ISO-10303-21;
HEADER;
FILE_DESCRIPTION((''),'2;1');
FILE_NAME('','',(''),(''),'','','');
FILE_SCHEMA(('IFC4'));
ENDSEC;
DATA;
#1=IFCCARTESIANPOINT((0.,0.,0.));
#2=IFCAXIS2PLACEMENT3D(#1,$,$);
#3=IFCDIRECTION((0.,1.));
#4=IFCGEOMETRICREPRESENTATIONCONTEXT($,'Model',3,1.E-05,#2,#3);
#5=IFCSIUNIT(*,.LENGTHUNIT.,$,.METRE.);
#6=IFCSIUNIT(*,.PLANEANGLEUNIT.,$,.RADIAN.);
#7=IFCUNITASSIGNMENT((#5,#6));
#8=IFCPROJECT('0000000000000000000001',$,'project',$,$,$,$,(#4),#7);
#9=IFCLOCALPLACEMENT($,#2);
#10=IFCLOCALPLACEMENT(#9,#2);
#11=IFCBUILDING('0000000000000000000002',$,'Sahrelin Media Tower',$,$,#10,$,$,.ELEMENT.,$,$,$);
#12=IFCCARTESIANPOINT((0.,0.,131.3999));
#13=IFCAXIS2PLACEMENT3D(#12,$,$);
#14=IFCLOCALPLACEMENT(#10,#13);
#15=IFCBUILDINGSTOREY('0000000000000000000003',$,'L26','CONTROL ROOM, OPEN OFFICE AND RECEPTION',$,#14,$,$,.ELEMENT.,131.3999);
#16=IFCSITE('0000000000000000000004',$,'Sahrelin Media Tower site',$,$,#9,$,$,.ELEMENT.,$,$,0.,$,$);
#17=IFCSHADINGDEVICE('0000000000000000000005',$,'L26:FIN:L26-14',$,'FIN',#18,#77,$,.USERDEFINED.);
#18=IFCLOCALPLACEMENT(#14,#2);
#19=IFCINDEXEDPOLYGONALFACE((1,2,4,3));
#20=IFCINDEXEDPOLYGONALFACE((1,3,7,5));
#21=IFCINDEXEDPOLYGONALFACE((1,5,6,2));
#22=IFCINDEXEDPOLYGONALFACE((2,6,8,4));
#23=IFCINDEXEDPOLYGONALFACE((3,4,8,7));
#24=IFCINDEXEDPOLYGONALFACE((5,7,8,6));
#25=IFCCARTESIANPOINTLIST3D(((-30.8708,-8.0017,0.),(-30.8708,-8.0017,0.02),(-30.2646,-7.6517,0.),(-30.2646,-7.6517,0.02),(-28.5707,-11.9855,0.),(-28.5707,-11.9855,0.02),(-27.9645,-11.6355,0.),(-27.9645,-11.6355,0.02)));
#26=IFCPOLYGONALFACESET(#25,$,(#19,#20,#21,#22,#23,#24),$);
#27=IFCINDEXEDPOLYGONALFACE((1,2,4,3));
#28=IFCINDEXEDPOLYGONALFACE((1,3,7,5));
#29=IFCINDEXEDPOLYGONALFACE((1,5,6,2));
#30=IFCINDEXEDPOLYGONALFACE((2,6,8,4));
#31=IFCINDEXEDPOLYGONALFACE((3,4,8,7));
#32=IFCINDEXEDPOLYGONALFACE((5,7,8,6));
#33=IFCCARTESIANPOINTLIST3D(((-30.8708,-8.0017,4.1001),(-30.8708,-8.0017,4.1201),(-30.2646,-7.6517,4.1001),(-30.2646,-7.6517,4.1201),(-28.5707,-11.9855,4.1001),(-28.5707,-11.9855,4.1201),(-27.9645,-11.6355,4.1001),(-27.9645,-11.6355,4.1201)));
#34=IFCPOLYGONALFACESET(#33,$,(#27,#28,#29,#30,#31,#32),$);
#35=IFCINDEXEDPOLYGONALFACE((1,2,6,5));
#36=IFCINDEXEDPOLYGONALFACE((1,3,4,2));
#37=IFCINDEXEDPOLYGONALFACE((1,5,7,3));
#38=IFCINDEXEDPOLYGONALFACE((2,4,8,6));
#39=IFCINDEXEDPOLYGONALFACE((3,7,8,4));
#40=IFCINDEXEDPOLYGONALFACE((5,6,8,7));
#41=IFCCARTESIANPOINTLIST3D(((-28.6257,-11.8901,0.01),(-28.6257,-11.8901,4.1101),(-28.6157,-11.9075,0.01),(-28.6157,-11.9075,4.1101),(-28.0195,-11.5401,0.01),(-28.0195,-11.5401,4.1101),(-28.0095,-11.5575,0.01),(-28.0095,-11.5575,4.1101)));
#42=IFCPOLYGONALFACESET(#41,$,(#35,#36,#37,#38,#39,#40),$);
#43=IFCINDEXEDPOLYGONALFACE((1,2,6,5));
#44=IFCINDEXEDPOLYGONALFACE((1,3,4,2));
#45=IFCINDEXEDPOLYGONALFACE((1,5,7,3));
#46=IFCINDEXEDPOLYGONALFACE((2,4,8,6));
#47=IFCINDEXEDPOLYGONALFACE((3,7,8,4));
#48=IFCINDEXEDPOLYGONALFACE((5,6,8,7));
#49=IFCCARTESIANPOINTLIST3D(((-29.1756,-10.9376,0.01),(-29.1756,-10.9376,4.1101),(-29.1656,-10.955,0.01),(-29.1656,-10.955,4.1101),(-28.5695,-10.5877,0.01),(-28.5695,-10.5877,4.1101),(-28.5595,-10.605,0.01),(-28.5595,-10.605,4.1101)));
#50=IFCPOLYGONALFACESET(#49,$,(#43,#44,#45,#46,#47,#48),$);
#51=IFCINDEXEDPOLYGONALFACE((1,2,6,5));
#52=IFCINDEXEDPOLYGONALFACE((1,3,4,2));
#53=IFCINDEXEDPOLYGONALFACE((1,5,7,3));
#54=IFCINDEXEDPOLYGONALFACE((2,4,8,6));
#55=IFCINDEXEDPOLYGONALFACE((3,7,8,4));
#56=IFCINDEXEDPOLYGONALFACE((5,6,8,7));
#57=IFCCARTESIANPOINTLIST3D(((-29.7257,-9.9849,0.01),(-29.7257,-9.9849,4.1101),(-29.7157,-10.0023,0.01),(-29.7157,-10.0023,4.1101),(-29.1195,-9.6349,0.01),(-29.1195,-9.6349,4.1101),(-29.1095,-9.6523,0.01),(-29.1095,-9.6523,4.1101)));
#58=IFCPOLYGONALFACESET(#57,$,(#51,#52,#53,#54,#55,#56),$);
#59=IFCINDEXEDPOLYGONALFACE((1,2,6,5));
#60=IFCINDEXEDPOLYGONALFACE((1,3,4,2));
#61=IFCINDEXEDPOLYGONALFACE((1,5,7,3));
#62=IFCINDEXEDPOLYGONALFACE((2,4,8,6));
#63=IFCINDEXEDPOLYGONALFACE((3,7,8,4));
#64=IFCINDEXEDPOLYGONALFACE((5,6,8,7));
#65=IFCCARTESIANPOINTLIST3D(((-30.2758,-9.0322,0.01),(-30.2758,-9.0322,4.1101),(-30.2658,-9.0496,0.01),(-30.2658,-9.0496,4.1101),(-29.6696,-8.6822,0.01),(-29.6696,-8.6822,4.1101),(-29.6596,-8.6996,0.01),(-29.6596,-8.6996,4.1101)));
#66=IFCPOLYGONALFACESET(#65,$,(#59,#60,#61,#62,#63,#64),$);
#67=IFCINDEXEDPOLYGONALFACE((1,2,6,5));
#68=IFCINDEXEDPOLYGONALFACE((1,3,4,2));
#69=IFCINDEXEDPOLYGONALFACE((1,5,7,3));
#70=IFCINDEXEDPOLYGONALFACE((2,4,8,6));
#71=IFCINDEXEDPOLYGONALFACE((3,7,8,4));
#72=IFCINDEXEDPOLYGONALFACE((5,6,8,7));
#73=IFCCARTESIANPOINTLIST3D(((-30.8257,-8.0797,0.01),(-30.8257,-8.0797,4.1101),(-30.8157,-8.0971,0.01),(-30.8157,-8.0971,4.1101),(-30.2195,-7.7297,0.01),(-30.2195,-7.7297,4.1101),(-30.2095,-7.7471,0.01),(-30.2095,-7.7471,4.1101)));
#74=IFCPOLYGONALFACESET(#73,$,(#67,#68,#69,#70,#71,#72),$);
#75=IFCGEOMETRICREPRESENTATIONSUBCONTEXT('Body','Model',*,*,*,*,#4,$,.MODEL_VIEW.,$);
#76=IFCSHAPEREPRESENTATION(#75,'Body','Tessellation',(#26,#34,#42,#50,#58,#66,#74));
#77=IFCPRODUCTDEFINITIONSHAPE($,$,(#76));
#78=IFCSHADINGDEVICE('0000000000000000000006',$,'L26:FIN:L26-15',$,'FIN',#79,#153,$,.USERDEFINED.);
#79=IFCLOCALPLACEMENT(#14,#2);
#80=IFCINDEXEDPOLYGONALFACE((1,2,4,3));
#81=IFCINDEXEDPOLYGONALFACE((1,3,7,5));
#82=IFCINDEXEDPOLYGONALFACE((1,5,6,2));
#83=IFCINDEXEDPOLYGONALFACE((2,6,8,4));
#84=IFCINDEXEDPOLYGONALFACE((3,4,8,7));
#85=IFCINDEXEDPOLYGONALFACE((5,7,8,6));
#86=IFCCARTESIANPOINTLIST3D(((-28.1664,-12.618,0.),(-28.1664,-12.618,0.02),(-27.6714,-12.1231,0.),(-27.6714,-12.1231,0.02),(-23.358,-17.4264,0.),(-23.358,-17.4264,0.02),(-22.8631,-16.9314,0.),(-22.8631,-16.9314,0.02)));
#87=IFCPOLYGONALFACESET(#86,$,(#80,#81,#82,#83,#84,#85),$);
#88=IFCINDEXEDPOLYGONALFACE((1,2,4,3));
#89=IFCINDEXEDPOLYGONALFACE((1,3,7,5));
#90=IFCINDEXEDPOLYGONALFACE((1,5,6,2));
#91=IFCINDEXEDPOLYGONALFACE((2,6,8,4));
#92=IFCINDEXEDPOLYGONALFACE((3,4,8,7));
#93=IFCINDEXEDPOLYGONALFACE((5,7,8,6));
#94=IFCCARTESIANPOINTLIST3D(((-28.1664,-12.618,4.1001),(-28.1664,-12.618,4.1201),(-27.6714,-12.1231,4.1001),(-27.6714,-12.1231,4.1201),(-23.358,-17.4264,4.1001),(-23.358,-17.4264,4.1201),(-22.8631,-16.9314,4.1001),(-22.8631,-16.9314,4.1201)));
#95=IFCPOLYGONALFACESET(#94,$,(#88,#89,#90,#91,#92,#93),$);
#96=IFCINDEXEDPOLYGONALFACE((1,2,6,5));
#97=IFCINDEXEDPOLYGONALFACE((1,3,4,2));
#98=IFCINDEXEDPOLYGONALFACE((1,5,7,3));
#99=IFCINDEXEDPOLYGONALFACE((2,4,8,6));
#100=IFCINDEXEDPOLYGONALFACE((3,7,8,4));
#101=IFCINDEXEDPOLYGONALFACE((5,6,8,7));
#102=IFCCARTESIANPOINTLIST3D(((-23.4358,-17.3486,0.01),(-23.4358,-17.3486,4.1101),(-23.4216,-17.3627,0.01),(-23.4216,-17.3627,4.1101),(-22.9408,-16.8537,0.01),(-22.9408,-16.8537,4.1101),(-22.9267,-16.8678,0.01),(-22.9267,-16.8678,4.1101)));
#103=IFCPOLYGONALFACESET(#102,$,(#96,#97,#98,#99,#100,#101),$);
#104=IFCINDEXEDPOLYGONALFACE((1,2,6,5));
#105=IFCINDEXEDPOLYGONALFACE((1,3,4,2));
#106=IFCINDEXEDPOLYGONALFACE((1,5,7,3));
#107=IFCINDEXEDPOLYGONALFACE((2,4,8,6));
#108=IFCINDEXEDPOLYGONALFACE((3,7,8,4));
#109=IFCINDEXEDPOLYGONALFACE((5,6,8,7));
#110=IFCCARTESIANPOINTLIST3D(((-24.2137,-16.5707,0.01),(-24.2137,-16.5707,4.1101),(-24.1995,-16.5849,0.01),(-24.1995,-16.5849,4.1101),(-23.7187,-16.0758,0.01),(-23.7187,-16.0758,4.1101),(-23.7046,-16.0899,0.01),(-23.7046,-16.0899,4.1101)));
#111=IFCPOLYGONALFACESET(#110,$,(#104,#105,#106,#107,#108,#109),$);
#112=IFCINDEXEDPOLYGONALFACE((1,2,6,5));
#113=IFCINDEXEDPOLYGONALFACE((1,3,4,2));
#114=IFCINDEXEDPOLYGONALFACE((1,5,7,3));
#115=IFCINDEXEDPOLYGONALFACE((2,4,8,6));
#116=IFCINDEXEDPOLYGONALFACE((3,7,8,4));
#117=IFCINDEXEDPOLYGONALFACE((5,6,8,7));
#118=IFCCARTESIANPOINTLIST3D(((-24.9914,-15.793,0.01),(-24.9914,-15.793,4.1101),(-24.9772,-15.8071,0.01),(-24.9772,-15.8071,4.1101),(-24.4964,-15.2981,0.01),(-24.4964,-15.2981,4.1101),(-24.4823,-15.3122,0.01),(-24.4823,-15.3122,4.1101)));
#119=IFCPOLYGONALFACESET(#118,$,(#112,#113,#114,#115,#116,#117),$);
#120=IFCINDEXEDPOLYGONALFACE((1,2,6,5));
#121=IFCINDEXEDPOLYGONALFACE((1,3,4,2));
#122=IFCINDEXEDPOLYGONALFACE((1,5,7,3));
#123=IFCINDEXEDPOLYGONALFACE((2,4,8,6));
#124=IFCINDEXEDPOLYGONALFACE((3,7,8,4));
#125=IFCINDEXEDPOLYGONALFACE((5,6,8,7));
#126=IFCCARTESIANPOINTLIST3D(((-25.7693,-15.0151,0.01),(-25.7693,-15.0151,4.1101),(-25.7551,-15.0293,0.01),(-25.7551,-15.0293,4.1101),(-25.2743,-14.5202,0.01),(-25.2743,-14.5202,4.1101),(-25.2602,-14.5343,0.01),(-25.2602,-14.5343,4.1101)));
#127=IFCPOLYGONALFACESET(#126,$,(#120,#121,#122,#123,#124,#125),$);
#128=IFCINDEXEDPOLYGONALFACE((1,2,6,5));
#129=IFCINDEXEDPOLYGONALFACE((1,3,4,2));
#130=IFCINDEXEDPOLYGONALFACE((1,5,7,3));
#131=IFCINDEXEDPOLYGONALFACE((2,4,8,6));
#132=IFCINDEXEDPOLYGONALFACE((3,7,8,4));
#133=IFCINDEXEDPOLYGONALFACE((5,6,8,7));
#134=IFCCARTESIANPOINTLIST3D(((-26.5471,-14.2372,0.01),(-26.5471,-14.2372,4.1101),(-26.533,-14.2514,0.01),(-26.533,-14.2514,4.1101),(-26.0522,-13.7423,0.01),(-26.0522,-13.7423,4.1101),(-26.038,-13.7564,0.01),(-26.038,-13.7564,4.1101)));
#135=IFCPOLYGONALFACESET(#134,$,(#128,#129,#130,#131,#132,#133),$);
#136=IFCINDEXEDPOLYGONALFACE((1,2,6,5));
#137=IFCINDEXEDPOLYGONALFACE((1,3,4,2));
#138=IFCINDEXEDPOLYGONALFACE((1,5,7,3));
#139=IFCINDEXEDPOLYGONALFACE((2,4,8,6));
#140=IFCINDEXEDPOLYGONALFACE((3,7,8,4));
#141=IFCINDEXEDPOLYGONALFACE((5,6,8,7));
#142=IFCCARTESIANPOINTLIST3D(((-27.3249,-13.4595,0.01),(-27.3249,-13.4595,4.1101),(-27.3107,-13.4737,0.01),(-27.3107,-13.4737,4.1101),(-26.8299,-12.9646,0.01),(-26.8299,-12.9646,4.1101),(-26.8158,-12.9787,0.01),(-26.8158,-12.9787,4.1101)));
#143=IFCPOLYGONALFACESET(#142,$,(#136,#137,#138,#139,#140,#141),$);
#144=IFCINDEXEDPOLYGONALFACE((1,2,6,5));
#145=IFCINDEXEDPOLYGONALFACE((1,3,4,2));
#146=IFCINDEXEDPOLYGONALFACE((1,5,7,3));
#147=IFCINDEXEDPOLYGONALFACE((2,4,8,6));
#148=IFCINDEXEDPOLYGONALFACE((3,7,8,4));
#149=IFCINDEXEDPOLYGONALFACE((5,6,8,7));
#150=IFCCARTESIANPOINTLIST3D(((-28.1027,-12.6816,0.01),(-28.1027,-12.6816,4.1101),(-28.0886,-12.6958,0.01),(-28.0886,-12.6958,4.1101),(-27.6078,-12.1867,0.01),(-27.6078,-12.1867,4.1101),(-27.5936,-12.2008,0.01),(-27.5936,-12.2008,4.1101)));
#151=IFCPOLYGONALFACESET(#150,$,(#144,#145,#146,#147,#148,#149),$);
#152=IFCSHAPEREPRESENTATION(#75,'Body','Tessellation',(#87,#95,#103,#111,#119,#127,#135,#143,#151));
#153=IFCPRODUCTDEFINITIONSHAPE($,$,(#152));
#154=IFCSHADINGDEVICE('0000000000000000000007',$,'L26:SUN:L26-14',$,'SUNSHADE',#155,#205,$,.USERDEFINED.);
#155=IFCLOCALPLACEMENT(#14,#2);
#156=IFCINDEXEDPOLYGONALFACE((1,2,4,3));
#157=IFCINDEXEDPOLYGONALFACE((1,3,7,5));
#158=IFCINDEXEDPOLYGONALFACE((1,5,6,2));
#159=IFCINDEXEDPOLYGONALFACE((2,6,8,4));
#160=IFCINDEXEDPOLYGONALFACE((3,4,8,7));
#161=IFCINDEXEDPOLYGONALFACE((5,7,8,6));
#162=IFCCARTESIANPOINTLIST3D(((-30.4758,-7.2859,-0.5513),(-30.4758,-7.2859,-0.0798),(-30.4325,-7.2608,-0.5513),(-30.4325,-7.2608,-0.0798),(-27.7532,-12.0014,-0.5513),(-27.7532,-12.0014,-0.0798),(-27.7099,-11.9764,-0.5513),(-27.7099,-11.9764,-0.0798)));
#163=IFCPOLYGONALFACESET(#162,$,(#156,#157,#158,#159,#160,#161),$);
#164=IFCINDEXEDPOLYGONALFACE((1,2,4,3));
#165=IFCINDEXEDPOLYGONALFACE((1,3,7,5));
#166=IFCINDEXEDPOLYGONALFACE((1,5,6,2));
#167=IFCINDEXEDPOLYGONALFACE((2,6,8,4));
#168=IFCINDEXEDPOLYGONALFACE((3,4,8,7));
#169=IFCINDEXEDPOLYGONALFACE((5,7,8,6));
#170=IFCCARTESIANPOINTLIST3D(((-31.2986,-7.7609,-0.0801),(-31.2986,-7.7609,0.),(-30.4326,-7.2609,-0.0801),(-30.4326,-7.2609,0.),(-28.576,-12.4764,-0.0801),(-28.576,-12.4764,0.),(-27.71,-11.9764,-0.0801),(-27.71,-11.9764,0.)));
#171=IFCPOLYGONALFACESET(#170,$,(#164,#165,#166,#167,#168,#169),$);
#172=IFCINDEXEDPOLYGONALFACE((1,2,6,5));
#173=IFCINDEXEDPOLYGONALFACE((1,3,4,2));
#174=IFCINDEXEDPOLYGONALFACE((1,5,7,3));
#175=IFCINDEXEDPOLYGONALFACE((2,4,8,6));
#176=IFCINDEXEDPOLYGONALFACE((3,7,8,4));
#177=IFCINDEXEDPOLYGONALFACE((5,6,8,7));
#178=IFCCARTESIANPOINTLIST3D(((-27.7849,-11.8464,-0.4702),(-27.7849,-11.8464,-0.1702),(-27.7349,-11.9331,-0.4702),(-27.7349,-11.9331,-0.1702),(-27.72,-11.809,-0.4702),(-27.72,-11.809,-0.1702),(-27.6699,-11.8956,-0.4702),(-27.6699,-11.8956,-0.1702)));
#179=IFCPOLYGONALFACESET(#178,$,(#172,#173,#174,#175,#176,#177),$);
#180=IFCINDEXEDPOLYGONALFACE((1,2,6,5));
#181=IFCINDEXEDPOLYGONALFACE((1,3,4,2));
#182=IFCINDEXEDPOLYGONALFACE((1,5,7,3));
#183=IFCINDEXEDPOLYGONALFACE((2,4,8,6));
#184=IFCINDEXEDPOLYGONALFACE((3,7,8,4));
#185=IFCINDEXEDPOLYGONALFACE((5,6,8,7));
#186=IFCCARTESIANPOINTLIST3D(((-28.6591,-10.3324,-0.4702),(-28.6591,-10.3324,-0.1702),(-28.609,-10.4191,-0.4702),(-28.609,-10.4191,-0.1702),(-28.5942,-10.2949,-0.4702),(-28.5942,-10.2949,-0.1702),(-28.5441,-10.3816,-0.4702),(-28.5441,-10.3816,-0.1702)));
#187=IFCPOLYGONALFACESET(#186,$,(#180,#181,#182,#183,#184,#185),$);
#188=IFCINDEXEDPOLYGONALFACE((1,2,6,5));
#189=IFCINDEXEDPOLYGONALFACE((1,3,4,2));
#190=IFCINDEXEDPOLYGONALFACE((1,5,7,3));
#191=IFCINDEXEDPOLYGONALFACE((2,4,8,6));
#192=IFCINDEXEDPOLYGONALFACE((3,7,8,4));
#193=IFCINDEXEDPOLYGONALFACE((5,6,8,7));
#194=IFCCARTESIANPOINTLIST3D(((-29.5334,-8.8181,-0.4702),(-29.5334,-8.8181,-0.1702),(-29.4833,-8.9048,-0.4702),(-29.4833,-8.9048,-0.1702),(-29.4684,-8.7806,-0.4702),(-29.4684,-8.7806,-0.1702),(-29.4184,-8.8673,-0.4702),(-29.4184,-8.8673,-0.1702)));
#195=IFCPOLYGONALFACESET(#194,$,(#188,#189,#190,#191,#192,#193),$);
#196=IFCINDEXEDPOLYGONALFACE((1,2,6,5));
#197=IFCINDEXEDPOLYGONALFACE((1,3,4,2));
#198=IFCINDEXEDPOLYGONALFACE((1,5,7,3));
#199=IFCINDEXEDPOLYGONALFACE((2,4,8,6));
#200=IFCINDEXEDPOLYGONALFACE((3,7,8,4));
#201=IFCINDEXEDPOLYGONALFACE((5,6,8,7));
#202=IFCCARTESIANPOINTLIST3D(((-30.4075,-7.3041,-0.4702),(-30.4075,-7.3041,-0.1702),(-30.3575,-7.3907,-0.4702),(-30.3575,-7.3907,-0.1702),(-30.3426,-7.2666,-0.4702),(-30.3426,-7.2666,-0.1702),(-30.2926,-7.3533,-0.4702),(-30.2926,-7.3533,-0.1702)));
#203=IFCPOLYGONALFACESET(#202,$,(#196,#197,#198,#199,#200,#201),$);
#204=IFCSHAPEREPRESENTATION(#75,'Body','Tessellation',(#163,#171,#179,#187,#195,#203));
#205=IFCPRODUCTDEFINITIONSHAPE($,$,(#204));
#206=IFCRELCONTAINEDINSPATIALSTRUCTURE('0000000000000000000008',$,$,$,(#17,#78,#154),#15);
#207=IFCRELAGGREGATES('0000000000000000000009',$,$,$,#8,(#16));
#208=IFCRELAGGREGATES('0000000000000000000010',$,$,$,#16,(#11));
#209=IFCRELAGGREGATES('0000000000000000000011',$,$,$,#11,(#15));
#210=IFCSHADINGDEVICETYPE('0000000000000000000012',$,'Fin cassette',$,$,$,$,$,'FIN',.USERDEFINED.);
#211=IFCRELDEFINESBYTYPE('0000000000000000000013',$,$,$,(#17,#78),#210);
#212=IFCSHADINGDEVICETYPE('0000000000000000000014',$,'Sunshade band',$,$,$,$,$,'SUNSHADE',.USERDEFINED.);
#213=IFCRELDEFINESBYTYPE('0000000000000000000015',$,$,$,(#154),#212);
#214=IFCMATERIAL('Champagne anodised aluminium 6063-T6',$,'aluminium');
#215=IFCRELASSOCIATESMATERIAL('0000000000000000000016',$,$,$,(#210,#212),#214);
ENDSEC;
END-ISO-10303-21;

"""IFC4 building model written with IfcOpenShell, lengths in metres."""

from ifc_helpers import new_model, si_unit, direction, frame, origin, origin_2d, place, context, subcontext, project, spatial, rectangle, extrude, material, type_object, element, save


model = new_model("IFC4")

# Units and contexts
model_context = context("Model", 3, precision=1e-05, world=origin(), true_north=direction((0.0, 1.0)))
body_context = subcontext(model_context, "Body", "Model", "MODEL_VIEW")
ifc_project = project(units=[si_unit("LENGTHUNIT", "METRE"), si_unit("PLANEANGLEUNIT", "RADIAN")], contexts=[model_context])

# Site, building, storey
site_placement = place(None, origin())
site = spatial("IfcSite", under=ifc_project, at=site_placement, Name="Sahrelin Media Tower site", CompositionType="ELEMENT", RefElevation=0.0)
building_placement = place(site_placement, origin())
building = spatial("IfcBuilding", under=site, at=building_placement, Name="Sahrelin Media Tower", CompositionType="ELEMENT")
storey_placement = place(building_placement, frame((0.0, 0.0, 131.3999)))
storey = spatial("IfcBuildingStorey", under=building, at=storey_placement, Name="L26", Description="CONTROL ROOM, OPEN OFFICE AND RECEPTION", CompositionType="ELEMENT", Elevation=131.3999)

# Shared definitions
ifc_material_1 = material(Name="Champagne anodised aluminium 6063-T6", Category="aluminium")

# Shading devices
shading_device_type_1 = type_object("IfcShadingDeviceType", Name="Fin cassette", ElementType="FIN", PredefinedType="USERDEFINED", material=ifc_material_1)
placement_1 = place(storey_placement, frame((-29.054, -9.6086, 0.0), z_axis=(0.0, 0.0, 1.0), x_axis=(-0.500011, 0.866019, 0.0)))
element("IfcShadingDevice", 1, at=placement_1, inside=storey, type_object=shading_device_type_1, Name="L26:FIN:L26-14", ObjectType="FIN", PredefinedType="USERDEFINED", context=body_context, shape_type="SweptSolid", body=[
    extrude(rectangle(XDim=4.6001, YDim=0.7, at=origin_2d()), frame((0.0, 0.4199, 0.0)), (0.0, 0.0, 1.0), 0.02),
    extrude(rectangle(XDim=4.6001, YDim=0.7, at=origin_2d()), frame((0.0, 0.4199, 4.1001)), (0.0, 0.0, 1.0), 0.02),
    extrude(rectangle(XDim=0.02, YDim=0.7, at=origin_2d()), frame((-2.2, 0.4199, 0.01), z_axis=(0.0, 0.0, 1.0), x_axis=(1.0, 0.0, 0.0)), (0.0, 0.0, 1.0), 4.1001),
    extrude(rectangle(XDim=0.02, YDim=0.7, at=origin_2d()), frame((-1.1001, 0.4199, 0.01), z_axis=(0.0, 0.0, 1.0), x_axis=(1.0, 0.0, 0.0)), (0.0, 0.0, 1.0), 4.1001),
    extrude(rectangle(XDim=0.02, YDim=0.7, at=origin_2d()), frame((0.0, 0.4199, 0.01), z_axis=(0.0, 0.0, 1.0), x_axis=(1.0, 0.0, 0.0)), (0.0, 0.0, 1.0), 4.1001),
    extrude(rectangle(XDim=0.02, YDim=0.7, at=origin_2d()), frame((1.1001, 0.4199, 0.01), z_axis=(0.0, 0.0, 1.0), x_axis=(1.0, 0.0, 0.0)), (0.0, 0.0, 1.0), 4.1001),
    extrude(rectangle(XDim=0.02, YDim=0.7, at=origin_2d()), frame((2.2, 0.4199, 0.01), z_axis=(0.0, 0.0, 1.0), x_axis=(1.0, 0.0, 0.0)), (0.0, 0.0, 1.0), 4.1001),
])
placement_2 = place(storey_placement, frame((-25.2178, -14.4778, 0.0), z_axis=(0.0, 0.0, 1.0), x_axis=(-0.707107, 0.707107, 0.0)))
element("IfcShadingDevice", 2, at=placement_2, inside=storey, type_object=shading_device_type_1, Name="L26:FIN:L26-15", ObjectType="FIN", PredefinedType="USERDEFINED", context=body_context, shape_type="SweptSolid", body=[
    extrude(rectangle(XDim=6.8, YDim=0.7, at=origin_2d()), frame((0.0, 0.4199, 0.0)), (0.0, 0.0, 1.0), 0.02),
    extrude(rectangle(XDim=6.8, YDim=0.7, at=origin_2d()), frame((0.0, 0.4199, 4.1001)), (0.0, 0.0, 1.0), 0.02),
    extrude(rectangle(XDim=0.02, YDim=0.7, at=origin_2d()), frame((-3.3, 0.4199, 0.01), z_axis=(0.0, 0.0, 1.0), x_axis=(1.0, 0.0, 0.0)), (0.0, 0.0, 1.0), 4.1001),
    extrude(rectangle(XDim=0.02, YDim=0.7, at=origin_2d()), frame((-2.2, 0.4199, 0.01), z_axis=(0.0, 0.0, 1.0), x_axis=(1.0, 0.0, 0.0)), (0.0, 0.0, 1.0), 4.1001),
    extrude(rectangle(XDim=0.02, YDim=0.7, at=origin_2d()), frame((-1.1001, 0.4199, 0.01), z_axis=(0.0, 0.0, 1.0), x_axis=(1.0, 0.0, 0.0)), (0.0, 0.0, 1.0), 4.1001),
    extrude(rectangle(XDim=0.02, YDim=0.7, at=origin_2d()), frame((0.0, 0.4199, 0.01), z_axis=(0.0, 0.0, 1.0), x_axis=(1.0, 0.0, 0.0)), (0.0, 0.0, 1.0), 4.1001),
    extrude(rectangle(XDim=0.02, YDim=0.7, at=origin_2d()), frame((1.1001, 0.4199, 0.01), z_axis=(0.0, 0.0, 1.0), x_axis=(1.0, 0.0, 0.0)), (0.0, 0.0, 1.0), 4.1001),
    extrude(rectangle(XDim=0.02, YDim=0.7, at=origin_2d()), frame((2.2, 0.4199, 0.01), z_axis=(0.0, 0.0, 1.0), x_axis=(1.0, 0.0, 0.0)), (0.0, 0.0, 1.0), 4.1001),
    extrude(rectangle(XDim=0.02, YDim=0.7, at=origin_2d()), frame((3.3, 0.4199, 0.01), z_axis=(0.0, 0.0, 1.0), x_axis=(1.0, 0.0, 0.0)), (0.0, 0.0, 1.0), 4.1001),
])
shading_device_type_2 = type_object("IfcShadingDeviceType", Name="Sunshade band", ElementType="SUNSHADE", PredefinedType="USERDEFINED", material=ifc_material_1)
element("IfcShadingDevice", 3, at=placement_1, inside=storey, type_object=shading_device_type_2, Name="L26:SUN:L26-14", ObjectType="SUNSHADE", PredefinedType="USERDEFINED", context=body_context, shape_type="SweptSolid", body=[
    extrude(rectangle(XDim=5.4451, YDim=0.05, at=origin_2d()), frame((0.0, 0.0449, -0.5513)), (0.0, 0.0, 1.0), 0.4714),
    extrude(rectangle(XDim=5.4451, YDim=1.0, at=origin_2d()), frame((0.0, 0.52, -0.0801)), (0.0, 0.0, 1.0), 0.0801),
    extrude(rectangle(XDim=0.1001, YDim=0.075, at=origin_2d()), frame((-2.6226, -0.0176, -0.4702)), (0.0, 0.0, 1.0), 0.3),
    extrude(rectangle(XDim=0.1001, YDim=0.075, at=origin_2d()), frame((-0.8743, -0.0176, -0.4702)), (0.0, 0.0, 1.0), 0.3),
    extrude(rectangle(XDim=0.1001, YDim=0.075, at=origin_2d()), frame((0.8743, -0.0176, -0.4702)), (0.0, 0.0, 1.0), 0.3),
    extrude(rectangle(XDim=0.1001, YDim=0.075, at=origin_2d()), frame((2.6226, -0.0176, -0.4702)), (0.0, 0.0, 1.0), 0.3),
])

save(model, "model.ifc")
